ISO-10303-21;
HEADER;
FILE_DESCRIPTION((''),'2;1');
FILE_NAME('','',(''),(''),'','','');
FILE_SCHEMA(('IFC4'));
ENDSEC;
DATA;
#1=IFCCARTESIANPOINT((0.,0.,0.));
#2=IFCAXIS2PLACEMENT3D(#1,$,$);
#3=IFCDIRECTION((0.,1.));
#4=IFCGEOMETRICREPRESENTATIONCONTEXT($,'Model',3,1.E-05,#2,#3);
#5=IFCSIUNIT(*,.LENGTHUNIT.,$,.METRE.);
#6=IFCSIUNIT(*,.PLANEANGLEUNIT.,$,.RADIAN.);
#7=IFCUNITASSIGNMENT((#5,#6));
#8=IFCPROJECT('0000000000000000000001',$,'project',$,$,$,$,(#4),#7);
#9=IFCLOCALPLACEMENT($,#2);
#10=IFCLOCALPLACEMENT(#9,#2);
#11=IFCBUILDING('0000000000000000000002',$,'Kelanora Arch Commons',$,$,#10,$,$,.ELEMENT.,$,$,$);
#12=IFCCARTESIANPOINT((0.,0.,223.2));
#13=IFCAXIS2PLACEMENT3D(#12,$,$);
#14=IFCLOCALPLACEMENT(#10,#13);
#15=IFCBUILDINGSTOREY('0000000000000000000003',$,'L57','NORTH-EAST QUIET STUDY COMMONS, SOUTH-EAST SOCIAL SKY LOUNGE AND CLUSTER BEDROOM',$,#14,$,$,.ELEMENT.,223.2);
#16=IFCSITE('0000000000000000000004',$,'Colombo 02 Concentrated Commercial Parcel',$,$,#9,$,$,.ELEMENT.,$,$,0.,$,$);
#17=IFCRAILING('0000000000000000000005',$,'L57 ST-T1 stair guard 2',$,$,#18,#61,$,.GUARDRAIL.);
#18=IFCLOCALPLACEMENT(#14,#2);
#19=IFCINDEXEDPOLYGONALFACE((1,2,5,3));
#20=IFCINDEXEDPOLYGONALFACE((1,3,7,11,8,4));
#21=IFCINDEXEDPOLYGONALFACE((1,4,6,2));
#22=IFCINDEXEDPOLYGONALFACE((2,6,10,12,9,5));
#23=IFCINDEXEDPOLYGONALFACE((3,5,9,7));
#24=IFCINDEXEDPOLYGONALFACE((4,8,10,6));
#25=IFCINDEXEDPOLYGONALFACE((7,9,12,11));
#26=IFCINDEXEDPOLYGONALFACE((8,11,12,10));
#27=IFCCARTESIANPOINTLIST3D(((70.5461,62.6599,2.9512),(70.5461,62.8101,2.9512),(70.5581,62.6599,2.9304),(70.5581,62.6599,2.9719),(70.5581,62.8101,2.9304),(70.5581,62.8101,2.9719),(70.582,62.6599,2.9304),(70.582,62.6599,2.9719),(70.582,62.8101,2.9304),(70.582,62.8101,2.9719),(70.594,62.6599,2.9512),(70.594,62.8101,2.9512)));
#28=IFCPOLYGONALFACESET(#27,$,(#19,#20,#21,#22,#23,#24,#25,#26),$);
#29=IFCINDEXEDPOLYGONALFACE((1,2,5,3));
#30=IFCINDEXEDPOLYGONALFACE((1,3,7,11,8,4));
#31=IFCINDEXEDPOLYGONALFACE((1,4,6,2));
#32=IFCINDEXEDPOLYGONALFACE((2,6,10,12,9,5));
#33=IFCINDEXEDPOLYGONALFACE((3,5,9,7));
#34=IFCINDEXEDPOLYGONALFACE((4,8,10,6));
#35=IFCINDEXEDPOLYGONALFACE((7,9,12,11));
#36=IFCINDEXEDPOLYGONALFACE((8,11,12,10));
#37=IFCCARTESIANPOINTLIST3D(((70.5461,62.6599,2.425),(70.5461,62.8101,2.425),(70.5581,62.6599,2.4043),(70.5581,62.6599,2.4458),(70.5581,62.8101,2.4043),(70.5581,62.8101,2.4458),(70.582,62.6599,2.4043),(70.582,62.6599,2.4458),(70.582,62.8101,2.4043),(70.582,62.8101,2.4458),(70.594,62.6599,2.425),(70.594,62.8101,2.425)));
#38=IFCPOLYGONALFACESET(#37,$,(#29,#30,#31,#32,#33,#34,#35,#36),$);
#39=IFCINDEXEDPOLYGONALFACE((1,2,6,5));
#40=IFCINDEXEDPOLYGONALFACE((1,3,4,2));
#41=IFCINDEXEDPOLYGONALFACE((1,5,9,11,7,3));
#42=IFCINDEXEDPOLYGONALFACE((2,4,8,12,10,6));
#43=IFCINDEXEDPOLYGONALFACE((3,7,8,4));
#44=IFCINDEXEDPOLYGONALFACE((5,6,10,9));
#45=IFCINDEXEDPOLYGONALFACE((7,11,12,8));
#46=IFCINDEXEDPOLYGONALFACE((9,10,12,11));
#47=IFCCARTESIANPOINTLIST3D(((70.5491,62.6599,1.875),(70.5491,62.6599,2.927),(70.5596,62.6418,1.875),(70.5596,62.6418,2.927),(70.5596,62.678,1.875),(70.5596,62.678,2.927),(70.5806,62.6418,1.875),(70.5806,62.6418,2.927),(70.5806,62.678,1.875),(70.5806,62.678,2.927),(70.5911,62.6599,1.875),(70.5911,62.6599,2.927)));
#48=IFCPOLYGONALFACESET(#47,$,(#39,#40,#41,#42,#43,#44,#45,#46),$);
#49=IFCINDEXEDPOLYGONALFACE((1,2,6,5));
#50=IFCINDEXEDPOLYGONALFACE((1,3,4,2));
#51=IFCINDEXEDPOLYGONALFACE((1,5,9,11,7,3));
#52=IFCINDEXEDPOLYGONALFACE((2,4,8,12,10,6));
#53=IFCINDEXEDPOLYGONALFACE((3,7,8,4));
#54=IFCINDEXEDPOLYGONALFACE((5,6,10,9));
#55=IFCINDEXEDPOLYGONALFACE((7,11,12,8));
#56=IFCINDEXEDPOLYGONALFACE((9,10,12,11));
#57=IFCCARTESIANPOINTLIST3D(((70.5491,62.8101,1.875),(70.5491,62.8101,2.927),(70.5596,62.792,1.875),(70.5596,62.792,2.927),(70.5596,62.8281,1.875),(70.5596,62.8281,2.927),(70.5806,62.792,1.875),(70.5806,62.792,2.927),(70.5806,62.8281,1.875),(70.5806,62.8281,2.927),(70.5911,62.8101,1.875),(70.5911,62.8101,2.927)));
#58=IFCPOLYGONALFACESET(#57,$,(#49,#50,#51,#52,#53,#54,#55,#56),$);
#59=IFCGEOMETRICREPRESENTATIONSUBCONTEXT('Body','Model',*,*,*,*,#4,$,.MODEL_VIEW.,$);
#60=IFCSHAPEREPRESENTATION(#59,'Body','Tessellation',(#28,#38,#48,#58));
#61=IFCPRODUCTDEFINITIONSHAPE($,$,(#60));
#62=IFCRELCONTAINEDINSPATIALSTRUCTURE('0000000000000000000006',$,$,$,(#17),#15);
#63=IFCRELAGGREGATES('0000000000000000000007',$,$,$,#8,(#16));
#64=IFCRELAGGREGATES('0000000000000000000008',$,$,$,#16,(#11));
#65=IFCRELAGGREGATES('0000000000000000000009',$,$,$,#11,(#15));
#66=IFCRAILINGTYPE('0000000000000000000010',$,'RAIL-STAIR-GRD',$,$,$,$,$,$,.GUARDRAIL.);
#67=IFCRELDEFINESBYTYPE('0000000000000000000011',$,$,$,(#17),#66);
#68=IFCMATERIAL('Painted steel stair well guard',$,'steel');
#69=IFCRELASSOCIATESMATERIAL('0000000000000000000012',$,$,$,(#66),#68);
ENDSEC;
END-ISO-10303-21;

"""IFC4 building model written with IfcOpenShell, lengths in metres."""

from ifc_helpers import new_model, si_unit, direction, frame, origin, place, context, subcontext, project, spatial, polyline, outline, extrude, material, type_object, element, save


model = new_model("IFC4")

# Units and contexts
model_context = context("Model", 3, precision=1e-05, world=origin(), true_north=direction((0.0, 1.0)))
body_context = subcontext(model_context, "Body", "Model", "MODEL_VIEW")
ifc_project = project(units=[si_unit("LENGTHUNIT", "METRE"), si_unit("PLANEANGLEUNIT", "RADIAN")], contexts=[model_context])

# Site, building, storey
site_placement = place(None, origin())
site = spatial("IfcSite", under=ifc_project, at=site_placement, Name="Colombo 02 Concentrated Commercial Parcel", CompositionType="ELEMENT", RefElevation=0.0)
building_placement = place(site_placement, origin())
building = spatial("IfcBuilding", under=site, at=building_placement, Name="Kelanora Arch Commons", CompositionType="ELEMENT")
storey_placement = place(building_placement, frame((0.0, 0.0, 223.2)))
storey = spatial("IfcBuildingStorey", under=building, at=storey_placement, Name="L57", Description="NORTH-EAST QUIET STUDY COMMONS, SOUTH-EAST SOCIAL SKY LOUNGE AND CLUSTER BEDROOM", CompositionType="ELEMENT", Elevation=223.2)

# Railing
ifc_material_1 = material(Name="Painted steel stair well guard", Category="steel")
railing_type = type_object("IfcRailingType", Name="RAIL-STAIR-GRD", PredefinedType="GUARDRAIL", material=ifc_material_1)
railing_placement = place(storey_placement, frame((70.5701, 62.6599, 1.875)))
element("IfcRailing", 1, at=railing_placement, inside=storey, type_object=railing_type, Name="L57 ST-T1 stair guard 2", PredefinedType="GUARDRAIL", context=body_context, shape_type="SweptSolid", body=[
    extrude(outline(polyline([(0.0239, 0.0), (0.012, 0.0208), (-0.012, 0.0208), (-0.0239, 0.0), (-0.012, -0.0208), (0.012, -0.0208), (0.0239, 0.0)])), frame((0.0, 0.0, 1.0762), z_axis=(0.0, 1.0, 0.0), x_axis=(-1.0, 0.0, 0.0)), (0.0, 0.0, 1.0), 0.1501),
    extrude(outline(polyline([(0.0239, 0.0), (0.012, 0.0208), (-0.012, 0.0208), (-0.0239, 0.0), (-0.012, -0.0208), (0.012, -0.0208), (0.0239, 0.0)])), frame((0.0, 0.0, 0.55), z_axis=(0.0, 1.0, 0.0), x_axis=(-1.0, 0.0, 0.0)), (0.0, 0.0, 1.0), 0.1501),
    extrude(outline(polyline([(0.021, 0.0), (0.0105, 0.0181), (-0.0105, 0.0181), (-0.021, 0.0), (-0.0105, -0.0181), (0.0105, -0.0181), (0.021, 0.0)])), origin(), (0.0, 0.0, 1.0), 1.052),
    extrude(outline(polyline([(0.021, 0.0), (0.0105, 0.0181), (-0.0105, 0.0181), (-0.021, 0.0), (-0.0105, -0.0181), (0.0105, -0.0181), (0.021, 0.0)])), frame((0.0, 0.1501, 0.0)), (0.0, 0.0, 1.0), 1.052),
])

save(model, "model.ifc")
